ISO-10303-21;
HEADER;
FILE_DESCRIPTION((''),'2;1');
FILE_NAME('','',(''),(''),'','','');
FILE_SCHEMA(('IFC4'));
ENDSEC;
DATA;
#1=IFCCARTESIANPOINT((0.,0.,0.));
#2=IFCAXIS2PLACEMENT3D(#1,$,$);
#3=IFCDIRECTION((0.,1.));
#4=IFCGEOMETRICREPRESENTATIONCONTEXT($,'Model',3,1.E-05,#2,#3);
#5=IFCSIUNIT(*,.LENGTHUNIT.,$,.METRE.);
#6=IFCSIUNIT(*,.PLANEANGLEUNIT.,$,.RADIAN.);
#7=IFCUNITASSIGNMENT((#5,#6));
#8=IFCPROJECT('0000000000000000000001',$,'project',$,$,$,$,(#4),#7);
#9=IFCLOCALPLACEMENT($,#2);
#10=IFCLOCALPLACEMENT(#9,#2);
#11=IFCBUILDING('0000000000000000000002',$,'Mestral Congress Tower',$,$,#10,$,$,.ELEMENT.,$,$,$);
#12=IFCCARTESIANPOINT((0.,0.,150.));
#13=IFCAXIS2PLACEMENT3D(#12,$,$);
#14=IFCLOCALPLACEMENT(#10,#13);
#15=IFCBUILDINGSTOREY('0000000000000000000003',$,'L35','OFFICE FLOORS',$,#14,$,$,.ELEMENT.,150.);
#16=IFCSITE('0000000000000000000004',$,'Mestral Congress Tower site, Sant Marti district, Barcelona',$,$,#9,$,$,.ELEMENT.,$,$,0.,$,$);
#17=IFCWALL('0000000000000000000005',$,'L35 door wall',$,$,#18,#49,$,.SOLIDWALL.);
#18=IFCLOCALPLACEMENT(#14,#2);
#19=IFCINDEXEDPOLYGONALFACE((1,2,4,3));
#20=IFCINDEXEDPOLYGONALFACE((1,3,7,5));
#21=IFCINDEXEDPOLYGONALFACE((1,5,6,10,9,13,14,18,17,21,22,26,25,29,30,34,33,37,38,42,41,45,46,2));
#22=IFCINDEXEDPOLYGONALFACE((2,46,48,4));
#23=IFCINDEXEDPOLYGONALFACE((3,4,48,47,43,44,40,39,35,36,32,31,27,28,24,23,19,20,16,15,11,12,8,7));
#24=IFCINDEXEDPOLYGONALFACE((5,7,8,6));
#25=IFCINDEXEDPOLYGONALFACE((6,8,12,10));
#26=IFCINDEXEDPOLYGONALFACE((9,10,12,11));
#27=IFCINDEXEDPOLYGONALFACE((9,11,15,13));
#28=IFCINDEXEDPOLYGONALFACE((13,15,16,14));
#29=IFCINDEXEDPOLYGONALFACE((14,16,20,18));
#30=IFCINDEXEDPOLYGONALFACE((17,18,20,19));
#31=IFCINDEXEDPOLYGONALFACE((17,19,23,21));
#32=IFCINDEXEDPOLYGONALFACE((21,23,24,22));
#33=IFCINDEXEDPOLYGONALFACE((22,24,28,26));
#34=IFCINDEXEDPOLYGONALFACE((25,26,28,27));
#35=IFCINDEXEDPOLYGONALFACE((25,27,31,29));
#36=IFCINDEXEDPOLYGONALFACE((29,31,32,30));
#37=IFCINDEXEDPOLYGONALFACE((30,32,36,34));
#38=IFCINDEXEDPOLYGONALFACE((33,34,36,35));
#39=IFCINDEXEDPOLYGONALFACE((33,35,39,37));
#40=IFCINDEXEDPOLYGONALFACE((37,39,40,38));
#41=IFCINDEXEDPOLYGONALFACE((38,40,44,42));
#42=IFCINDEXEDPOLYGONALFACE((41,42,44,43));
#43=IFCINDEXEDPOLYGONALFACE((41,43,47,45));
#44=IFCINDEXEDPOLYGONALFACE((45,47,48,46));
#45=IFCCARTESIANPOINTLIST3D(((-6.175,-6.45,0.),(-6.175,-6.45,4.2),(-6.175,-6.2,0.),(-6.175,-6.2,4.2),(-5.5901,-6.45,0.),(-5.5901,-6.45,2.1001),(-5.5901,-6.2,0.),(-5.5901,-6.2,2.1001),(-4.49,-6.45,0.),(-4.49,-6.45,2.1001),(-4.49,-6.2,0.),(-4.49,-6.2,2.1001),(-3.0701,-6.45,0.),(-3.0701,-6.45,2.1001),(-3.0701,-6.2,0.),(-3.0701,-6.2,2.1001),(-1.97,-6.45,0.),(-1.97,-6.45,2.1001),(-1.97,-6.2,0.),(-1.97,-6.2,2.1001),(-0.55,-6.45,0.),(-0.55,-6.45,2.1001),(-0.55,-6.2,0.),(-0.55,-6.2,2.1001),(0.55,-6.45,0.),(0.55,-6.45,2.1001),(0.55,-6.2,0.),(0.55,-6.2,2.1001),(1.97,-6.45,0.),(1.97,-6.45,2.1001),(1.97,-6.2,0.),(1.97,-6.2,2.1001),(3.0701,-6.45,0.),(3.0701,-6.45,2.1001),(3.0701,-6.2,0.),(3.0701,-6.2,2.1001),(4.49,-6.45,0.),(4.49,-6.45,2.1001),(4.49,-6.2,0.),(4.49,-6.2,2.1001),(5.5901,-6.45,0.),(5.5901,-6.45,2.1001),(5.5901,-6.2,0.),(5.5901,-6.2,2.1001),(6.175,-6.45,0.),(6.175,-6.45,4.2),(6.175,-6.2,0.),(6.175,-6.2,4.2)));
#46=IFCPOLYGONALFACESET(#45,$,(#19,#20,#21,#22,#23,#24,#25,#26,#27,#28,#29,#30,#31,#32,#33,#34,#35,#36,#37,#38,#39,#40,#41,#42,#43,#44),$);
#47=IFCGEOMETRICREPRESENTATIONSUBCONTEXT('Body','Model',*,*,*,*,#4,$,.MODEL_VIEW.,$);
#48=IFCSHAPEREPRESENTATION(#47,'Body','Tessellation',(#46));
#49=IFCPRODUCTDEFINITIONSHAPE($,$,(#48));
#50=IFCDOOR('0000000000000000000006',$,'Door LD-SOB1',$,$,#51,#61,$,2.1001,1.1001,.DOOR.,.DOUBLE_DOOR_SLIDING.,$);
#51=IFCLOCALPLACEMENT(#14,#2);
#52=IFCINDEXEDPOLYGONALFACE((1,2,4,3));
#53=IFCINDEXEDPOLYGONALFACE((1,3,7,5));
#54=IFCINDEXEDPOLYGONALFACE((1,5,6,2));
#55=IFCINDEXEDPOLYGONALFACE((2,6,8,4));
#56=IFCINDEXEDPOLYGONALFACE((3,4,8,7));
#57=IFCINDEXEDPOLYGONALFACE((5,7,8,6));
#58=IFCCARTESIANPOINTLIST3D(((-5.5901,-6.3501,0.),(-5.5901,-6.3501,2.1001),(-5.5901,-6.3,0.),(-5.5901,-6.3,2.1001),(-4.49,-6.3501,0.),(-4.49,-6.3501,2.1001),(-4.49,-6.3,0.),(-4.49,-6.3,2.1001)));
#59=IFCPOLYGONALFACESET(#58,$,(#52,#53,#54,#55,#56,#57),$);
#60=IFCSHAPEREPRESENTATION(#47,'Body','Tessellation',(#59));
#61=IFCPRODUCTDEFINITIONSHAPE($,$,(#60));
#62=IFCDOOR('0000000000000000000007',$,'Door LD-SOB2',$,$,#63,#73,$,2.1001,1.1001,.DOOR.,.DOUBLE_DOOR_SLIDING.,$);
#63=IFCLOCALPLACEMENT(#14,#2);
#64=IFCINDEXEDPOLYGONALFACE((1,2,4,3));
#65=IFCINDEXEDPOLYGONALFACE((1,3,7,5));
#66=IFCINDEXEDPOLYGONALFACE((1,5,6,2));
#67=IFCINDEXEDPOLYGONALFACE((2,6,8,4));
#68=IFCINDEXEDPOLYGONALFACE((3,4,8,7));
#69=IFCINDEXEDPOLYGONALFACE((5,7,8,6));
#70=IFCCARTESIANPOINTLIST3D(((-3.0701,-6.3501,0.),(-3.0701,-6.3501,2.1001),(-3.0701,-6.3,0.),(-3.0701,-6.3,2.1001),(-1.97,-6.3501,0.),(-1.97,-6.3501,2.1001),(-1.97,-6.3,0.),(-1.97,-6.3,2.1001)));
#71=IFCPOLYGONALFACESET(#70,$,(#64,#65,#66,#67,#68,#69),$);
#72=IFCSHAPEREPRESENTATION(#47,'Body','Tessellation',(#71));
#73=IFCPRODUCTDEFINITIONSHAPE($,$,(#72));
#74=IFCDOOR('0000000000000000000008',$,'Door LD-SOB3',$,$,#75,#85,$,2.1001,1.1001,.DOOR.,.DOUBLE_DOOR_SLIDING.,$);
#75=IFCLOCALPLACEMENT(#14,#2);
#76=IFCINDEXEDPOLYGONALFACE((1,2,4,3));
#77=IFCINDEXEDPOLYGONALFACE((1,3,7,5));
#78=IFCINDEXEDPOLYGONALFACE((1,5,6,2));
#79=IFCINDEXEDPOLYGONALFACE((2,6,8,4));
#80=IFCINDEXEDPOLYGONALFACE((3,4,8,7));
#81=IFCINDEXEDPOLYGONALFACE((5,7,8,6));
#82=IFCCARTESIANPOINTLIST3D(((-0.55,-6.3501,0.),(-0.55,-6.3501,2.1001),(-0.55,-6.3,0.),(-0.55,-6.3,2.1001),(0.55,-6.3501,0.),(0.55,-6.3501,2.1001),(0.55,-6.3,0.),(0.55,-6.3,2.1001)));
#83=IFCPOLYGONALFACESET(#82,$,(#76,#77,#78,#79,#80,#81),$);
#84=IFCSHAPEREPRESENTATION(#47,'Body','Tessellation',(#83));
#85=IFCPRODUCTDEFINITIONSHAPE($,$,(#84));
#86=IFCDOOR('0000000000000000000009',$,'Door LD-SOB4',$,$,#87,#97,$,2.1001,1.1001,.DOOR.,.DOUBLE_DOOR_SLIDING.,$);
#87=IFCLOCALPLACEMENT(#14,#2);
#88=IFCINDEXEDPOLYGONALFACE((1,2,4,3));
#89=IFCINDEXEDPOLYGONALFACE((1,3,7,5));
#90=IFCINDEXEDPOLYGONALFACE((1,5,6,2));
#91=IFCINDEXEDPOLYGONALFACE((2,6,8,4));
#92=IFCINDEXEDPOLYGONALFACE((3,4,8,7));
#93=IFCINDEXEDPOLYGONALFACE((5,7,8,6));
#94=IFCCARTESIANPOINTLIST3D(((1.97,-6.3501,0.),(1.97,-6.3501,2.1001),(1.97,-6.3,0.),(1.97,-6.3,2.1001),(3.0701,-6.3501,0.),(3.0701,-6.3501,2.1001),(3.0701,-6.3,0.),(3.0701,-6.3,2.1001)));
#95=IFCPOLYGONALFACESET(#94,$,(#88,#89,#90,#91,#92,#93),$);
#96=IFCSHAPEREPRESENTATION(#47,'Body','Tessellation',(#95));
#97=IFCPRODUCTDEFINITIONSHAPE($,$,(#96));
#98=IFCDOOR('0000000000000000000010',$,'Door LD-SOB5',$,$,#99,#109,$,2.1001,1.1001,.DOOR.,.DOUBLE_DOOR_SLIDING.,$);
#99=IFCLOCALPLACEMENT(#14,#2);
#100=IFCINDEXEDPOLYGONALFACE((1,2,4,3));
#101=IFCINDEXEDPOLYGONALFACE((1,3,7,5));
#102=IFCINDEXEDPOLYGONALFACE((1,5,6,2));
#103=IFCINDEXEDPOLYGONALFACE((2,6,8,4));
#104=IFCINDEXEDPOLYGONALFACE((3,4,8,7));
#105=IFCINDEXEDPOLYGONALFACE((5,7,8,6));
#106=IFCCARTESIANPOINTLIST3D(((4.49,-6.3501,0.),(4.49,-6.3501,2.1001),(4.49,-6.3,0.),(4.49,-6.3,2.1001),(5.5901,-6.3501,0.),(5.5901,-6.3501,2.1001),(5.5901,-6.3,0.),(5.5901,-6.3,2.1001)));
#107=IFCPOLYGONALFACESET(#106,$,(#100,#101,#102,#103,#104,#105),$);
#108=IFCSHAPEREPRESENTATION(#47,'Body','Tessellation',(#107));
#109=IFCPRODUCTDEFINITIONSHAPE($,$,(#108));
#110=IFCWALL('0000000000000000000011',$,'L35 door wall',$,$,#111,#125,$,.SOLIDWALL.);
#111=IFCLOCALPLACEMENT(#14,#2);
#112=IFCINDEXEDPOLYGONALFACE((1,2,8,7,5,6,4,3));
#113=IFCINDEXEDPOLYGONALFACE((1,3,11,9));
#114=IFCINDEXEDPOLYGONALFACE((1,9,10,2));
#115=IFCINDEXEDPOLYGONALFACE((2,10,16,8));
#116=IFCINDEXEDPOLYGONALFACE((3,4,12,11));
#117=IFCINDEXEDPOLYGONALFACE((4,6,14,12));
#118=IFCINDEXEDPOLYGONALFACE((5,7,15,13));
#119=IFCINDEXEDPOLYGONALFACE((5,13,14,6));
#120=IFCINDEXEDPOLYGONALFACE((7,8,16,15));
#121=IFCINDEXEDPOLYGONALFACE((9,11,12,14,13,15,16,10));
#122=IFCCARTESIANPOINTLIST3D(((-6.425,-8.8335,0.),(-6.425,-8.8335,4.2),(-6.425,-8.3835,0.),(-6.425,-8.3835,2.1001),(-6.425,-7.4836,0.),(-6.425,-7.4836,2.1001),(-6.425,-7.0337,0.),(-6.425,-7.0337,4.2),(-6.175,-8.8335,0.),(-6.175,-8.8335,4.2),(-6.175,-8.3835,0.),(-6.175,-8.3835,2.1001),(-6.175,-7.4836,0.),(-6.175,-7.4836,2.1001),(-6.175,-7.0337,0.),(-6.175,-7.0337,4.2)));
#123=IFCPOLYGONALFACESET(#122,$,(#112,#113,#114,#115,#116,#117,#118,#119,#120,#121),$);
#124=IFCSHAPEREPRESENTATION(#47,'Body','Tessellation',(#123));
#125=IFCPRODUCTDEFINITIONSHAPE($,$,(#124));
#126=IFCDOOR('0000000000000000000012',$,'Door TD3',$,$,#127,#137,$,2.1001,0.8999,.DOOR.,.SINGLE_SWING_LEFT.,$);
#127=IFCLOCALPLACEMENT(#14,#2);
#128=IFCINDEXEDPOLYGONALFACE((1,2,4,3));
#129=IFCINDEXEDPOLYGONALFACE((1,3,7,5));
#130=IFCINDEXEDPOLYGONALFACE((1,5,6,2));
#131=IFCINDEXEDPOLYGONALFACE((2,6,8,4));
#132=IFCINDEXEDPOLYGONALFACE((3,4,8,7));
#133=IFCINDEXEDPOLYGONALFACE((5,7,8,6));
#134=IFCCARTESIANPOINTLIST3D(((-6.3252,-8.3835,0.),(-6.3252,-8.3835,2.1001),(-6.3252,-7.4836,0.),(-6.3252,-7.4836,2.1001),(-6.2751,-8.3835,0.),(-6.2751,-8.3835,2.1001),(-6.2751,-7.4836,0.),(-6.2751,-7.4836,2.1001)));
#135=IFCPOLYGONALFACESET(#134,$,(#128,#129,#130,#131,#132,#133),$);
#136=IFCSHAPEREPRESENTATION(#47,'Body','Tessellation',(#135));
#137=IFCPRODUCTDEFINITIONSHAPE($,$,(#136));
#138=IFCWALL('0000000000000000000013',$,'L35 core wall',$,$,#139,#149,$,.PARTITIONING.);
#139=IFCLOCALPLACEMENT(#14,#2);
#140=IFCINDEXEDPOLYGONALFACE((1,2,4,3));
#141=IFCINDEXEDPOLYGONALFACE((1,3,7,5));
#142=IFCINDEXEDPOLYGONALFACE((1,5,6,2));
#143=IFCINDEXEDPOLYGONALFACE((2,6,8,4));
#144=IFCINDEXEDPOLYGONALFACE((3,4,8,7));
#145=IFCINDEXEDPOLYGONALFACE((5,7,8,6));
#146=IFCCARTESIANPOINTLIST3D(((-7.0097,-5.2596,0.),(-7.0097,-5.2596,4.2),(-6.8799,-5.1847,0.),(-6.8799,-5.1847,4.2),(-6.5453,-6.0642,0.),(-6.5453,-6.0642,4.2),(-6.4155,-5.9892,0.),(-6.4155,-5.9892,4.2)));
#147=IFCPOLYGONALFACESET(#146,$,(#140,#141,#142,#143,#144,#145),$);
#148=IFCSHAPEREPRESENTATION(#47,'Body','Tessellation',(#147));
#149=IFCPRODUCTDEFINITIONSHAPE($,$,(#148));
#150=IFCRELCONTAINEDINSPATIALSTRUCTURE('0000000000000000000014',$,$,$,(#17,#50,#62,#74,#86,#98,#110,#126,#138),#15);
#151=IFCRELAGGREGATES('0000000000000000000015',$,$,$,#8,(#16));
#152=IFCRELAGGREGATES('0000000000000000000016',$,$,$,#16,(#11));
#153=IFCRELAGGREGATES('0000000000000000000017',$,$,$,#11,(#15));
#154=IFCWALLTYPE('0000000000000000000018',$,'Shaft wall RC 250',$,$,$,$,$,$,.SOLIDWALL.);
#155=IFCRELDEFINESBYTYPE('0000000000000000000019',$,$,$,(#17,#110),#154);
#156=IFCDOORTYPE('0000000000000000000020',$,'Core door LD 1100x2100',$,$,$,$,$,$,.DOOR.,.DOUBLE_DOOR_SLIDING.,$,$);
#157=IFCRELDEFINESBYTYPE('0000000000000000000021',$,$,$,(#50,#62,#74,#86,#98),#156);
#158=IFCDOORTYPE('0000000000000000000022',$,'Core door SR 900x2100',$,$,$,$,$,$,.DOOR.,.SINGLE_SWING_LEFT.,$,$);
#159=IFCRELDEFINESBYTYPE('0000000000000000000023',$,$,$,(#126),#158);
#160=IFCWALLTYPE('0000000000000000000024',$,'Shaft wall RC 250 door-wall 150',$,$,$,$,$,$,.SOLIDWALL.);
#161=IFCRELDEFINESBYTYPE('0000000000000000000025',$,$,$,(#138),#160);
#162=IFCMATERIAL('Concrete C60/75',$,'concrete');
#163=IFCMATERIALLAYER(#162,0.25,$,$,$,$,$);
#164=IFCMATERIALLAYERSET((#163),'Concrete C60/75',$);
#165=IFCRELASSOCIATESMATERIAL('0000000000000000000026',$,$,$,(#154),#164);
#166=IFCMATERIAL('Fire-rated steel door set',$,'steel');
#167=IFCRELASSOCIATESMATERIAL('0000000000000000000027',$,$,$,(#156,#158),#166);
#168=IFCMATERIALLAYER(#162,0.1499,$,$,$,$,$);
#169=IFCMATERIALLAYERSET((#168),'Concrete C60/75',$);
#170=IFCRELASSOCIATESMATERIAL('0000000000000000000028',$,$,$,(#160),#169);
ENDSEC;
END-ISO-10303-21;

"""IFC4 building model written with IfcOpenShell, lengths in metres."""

from ifc_helpers import new_model, si_unit, direction, frame, frame_2d, origin, place, context, subcontext, project, spatial, rectangle, extrude, material, layer, layer_set, type_object, element, fill, save


model = new_model("IFC4")

# Units and contexts
model_context = context("Model", 3, precision=1e-05, world=origin(), true_north=direction((0.0, 1.0)))
body_context = subcontext(model_context, "Body", "Model", "MODEL_VIEW")
ifc_project = project(units=[si_unit("LENGTHUNIT", "METRE"), si_unit("PLANEANGLEUNIT", "RADIAN")], contexts=[model_context])

# Site, building, storey
site_placement = place(None, origin())
site = spatial("IfcSite", under=ifc_project, at=site_placement, Name="Mestral Congress Tower site, Sant Marti district, Barcelona", CompositionType="ELEMENT", RefElevation=0.0)
building_placement = place(site_placement, origin())
building = spatial("IfcBuilding", under=site, at=building_placement, Name="Mestral Congress Tower", CompositionType="ELEMENT")
storey_placement = place(building_placement, frame((0.0, 0.0, 150.0)))
storey = spatial("IfcBuildingStorey", under=building, at=storey_placement, Name="L35", Description="OFFICE FLOORS", CompositionType="ELEMENT", Elevation=150.0)

# Shared definitions
ifc_material_1 = material(Name="Concrete C60/75", Category="concrete")
ifc_layer_1 = layer(ifc_material_1, 0.25)
ifc_layer_set_1 = layer_set([ifc_layer_1], Name="Concrete C60/75")
wall_type_1 = type_object("IfcWallType", Name="Shaft wall RC 250", PredefinedType="SOLIDWALL", material=ifc_layer_set_1)

# Wall, openings, doors
wall_1_placement = place(storey_placement, frame((-6.175, -6.325, 0.0), z_axis=(0.0, 0.0, 1.0), x_axis=(1.0, 0.0, 0.0)))
wall_1 = element("IfcWall", 1, at=wall_1_placement, inside=storey, type_object=wall_type_1, Name="L35 door wall", PredefinedType="SOLIDWALL", context=body_context, shape_type="SweptSolid", body=[
    extrude(rectangle(XDim=12.3501, YDim=0.25, at=frame_2d((6.175, 0.0))), origin(), (0.0, 0.0, 1.0), 4.2),
])
opening_1_placement = place(wall_1_placement, frame((0.585, 0.0, 0.0)))
opening_1 = element("IfcOpeningElement", 2, at=opening_1_placement, cuts=wall_1, PredefinedType="OPENING", context=body_context, shape_type="SweptSolid", body=[
    extrude(rectangle(XDim=1.1001, YDim=2.1001, at=frame_2d((0.55, 1.05))), frame((0.0, 0.135, 0.0), z_axis=(0.0, -1.0, 0.0), x_axis=(1.0, 0.0, 0.0)), (0.0, 0.0, 1.0), 0.27),
])
opening_2_placement = place(wall_1_placement, frame((3.105, 0.0, 0.0)))
opening_2 = element("IfcOpeningElement", 3, at=opening_2_placement, cuts=wall_1, PredefinedType="OPENING", context=body_context, shape_type="SweptSolid", body=[
    extrude(rectangle(XDim=1.1001, YDim=2.1001, at=frame_2d((0.55, 1.05))), frame((0.0, 0.135, 0.0), z_axis=(0.0, -1.0, 0.0), x_axis=(1.0, 0.0, 0.0)), (0.0, 0.0, 1.0), 0.27),
])
opening_3_placement = place(wall_1_placement, frame((5.625, 0.0, 0.0)))
opening_3 = element("IfcOpeningElement", 4, at=opening_3_placement, cuts=wall_1, PredefinedType="OPENING", context=body_context, shape_type="SweptSolid", body=[
    extrude(rectangle(XDim=1.1001, YDim=2.1001, at=frame_2d((0.55, 1.05))), frame((0.0, 0.135, 0.0), z_axis=(0.0, -1.0, 0.0), x_axis=(1.0, 0.0, 0.0)), (0.0, 0.0, 1.0), 0.27),
])
opening_4_placement = place(wall_1_placement, frame((8.145, 0.0, 0.0)))
opening_4 = element("IfcOpeningElement", 5, at=opening_4_placement, cuts=wall_1, PredefinedType="OPENING", context=body_context, shape_type="SweptSolid", body=[
    extrude(rectangle(XDim=1.1001, YDim=2.1001, at=frame_2d((0.55, 1.05))), frame((0.0, 0.135, 0.0), z_axis=(0.0, -1.0, 0.0), x_axis=(1.0, 0.0, 0.0)), (0.0, 0.0, 1.0), 0.27),
])
opening_5_placement = place(wall_1_placement, frame((10.665, 0.0, 0.0)))
opening_5 = element("IfcOpeningElement", 6, at=opening_5_placement, cuts=wall_1, PredefinedType="OPENING", context=body_context, shape_type="SweptSolid", body=[
    extrude(rectangle(XDim=1.1001, YDim=2.1001, at=frame_2d((0.55, 1.05))), frame((0.0, 0.135, 0.0), z_axis=(0.0, -1.0, 0.0), x_axis=(1.0, 0.0, 0.0)), (0.0, 0.0, 1.0), 0.27),
])
ifc_material_2 = material(Name="Fire-rated steel door set", Category="steel")
door_type_1 = type_object("IfcDoorType", Name="Core door LD 1100x2100", OperationType="DOUBLE_DOOR_SLIDING", PredefinedType="DOOR", material=ifc_material_2)
door_1_placement = place(opening_1_placement, origin())
door_1 = element("IfcDoor", 7, at=door_1_placement, inside=storey, type_object=door_type_1, Name="Door LD-SOB1", OperationType="DOUBLE_DOOR_SLIDING", OverallHeight=2.1001, OverallWidth=1.1001, PredefinedType="DOOR", context=body_context, shape_type="SweptSolid", body=[
    extrude(rectangle(XDim=1.1001, YDim=2.1001, at=frame_2d((0.55, 1.05))), frame((0.0, 0.0249, 0.0), z_axis=(0.0, -1.0, 0.0), x_axis=(1.0, 0.0, 0.0)), (0.0, 0.0, 1.0), 0.05),
])
fill(opening_1, door_1)
door_2_placement = place(opening_2_placement, origin())
door_2 = element("IfcDoor", 8, at=door_2_placement, inside=storey, type_object=door_type_1, Name="Door LD-SOB2", OperationType="DOUBLE_DOOR_SLIDING", OverallHeight=2.1001, OverallWidth=1.1001, PredefinedType="DOOR", context=body_context, shape_type="SweptSolid", body=[
    extrude(rectangle(XDim=1.1001, YDim=2.1001, at=frame_2d((0.55, 1.05))), frame((0.0, 0.0249, 0.0), z_axis=(0.0, -1.0, 0.0), x_axis=(1.0, 0.0, 0.0)), (0.0, 0.0, 1.0), 0.05),
])
fill(opening_2, door_2)
door_3_placement = place(opening_3_placement, origin())
door_3 = element("IfcDoor", 9, at=door_3_placement, inside=storey, type_object=door_type_1, Name="Door LD-SOB3", OperationType="DOUBLE_DOOR_SLIDING", OverallHeight=2.1001, OverallWidth=1.1001, PredefinedType="DOOR", context=body_context, shape_type="SweptSolid", body=[
    extrude(rectangle(XDim=1.1001, YDim=2.1001, at=frame_2d((0.55, 1.05))), frame((0.0, 0.0249, 0.0), z_axis=(0.0, -1.0, 0.0), x_axis=(1.0, 0.0, 0.0)), (0.0, 0.0, 1.0), 0.05),
])
fill(opening_3, door_3)
door_4_placement = place(opening_4_placement, origin())
door_4 = element("IfcDoor", 10, at=door_4_placement, inside=storey, type_object=door_type_1, Name="Door LD-SOB4", OperationType="DOUBLE_DOOR_SLIDING", OverallHeight=2.1001, OverallWidth=1.1001, PredefinedType="DOOR", context=body_context, shape_type="SweptSolid", body=[
    extrude(rectangle(XDim=1.1001, YDim=2.1001, at=frame_2d((0.55, 1.05))), frame((0.0, 0.0249, 0.0), z_axis=(0.0, -1.0, 0.0), x_axis=(1.0, 0.0, 0.0)), (0.0, 0.0, 1.0), 0.05),
])
fill(opening_4, door_4)
door_5_placement = place(opening_5_placement, origin())
door_5 = element("IfcDoor", 11, at=door_5_placement, inside=storey, type_object=door_type_1, Name="Door LD-SOB5", OperationType="DOUBLE_DOOR_SLIDING", OverallHeight=2.1001, OverallWidth=1.1001, PredefinedType="DOOR", context=body_context, shape_type="SweptSolid", body=[
    extrude(rectangle(XDim=1.1001, YDim=2.1001, at=frame_2d((0.55, 1.05))), frame((0.0, 0.0249, 0.0), z_axis=(0.0, -1.0, 0.0), x_axis=(1.0, 0.0, 0.0)), (0.0, 0.0, 1.0), 0.05),
])
fill(opening_5, door_5)

# Wall, opening, door
wall_2_placement = place(storey_placement, frame((-6.3, -7.0337, 0.0), z_axis=(0.0, 0.0, 1.0), x_axis=(0.0, -1.0, 0.0)))
wall_2 = element("IfcWall", 12, at=wall_2_placement, inside=storey, type_object=wall_type_1, Name="L35 door wall", PredefinedType="SOLIDWALL", context=body_context, shape_type="SweptSolid", body=[
    extrude(rectangle(XDim=1.7998, YDim=0.25, at=frame_2d((0.8999, 0.0))), origin(), (0.0, 0.0, 1.0), 4.2),
])
opening_6_placement = place(wall_2_placement, frame((0.45, 0.0, 0.0)))
opening_6 = element("IfcOpeningElement", 13, at=opening_6_placement, cuts=wall_2, PredefinedType="OPENING", context=body_context, shape_type="SweptSolid", body=[
    extrude(rectangle(XDim=0.8999, YDim=2.1001, at=frame_2d((0.45, 1.05))), frame((0.0, 0.135, 0.0), z_axis=(0.0, -1.0, 0.0), x_axis=(1.0, 0.0, 0.0)), (0.0, 0.0, 1.0), 0.27),
])
door_type_2 = type_object("IfcDoorType", Name="Core door SR 900x2100", OperationType="SINGLE_SWING_LEFT", PredefinedType="DOOR", material=ifc_material_2)
door_6_placement = place(opening_6_placement, origin())
door_6 = element("IfcDoor", 14, at=door_6_placement, inside=storey, type_object=door_type_2, Name="Door TD3", OperationType="SINGLE_SWING_LEFT", OverallHeight=2.1001, OverallWidth=0.8999, PredefinedType="DOOR", context=body_context, shape_type="SweptSolid", body=[
    extrude(rectangle(XDim=0.8999, YDim=2.1001, at=frame_2d((0.45, 1.05))), frame((0.0, 0.0249, 0.0), z_axis=(0.0, -1.0, 0.0), x_axis=(1.0, 0.0, 0.0)), (0.0, 0.0, 1.0), 0.05),
])
fill(opening_6, door_6)

# Wall
ifc_layer_2 = layer(ifc_material_1, 0.1499)
ifc_layer_set_2 = layer_set([ifc_layer_2], Name="Concrete C60/75")
wall_type_2 = type_object("IfcWallType", Name="Shaft wall RC 250 door-wall 150", PredefinedType="SOLIDWALL", material=ifc_layer_set_2)
wall_3_placement = place(storey_placement, frame((-6.4805, -6.0266, 0.0), z_axis=(0.0, 0.0, 1.0), x_axis=(-0.499927, 0.866067, 0.0)))
element("IfcWall", 15, at=wall_3_placement, inside=storey, type_object=wall_type_2, Name="L35 core wall", PredefinedType="PARTITIONING", context=body_context, shape_type="SweptSolid", body=[
    extrude(rectangle(XDim=0.929, YDim=0.1499, at=frame_2d((0.4644, 0.0))), origin(), (0.0, 0.0, 1.0), 4.2),
])

save(model, "model.ifc")
